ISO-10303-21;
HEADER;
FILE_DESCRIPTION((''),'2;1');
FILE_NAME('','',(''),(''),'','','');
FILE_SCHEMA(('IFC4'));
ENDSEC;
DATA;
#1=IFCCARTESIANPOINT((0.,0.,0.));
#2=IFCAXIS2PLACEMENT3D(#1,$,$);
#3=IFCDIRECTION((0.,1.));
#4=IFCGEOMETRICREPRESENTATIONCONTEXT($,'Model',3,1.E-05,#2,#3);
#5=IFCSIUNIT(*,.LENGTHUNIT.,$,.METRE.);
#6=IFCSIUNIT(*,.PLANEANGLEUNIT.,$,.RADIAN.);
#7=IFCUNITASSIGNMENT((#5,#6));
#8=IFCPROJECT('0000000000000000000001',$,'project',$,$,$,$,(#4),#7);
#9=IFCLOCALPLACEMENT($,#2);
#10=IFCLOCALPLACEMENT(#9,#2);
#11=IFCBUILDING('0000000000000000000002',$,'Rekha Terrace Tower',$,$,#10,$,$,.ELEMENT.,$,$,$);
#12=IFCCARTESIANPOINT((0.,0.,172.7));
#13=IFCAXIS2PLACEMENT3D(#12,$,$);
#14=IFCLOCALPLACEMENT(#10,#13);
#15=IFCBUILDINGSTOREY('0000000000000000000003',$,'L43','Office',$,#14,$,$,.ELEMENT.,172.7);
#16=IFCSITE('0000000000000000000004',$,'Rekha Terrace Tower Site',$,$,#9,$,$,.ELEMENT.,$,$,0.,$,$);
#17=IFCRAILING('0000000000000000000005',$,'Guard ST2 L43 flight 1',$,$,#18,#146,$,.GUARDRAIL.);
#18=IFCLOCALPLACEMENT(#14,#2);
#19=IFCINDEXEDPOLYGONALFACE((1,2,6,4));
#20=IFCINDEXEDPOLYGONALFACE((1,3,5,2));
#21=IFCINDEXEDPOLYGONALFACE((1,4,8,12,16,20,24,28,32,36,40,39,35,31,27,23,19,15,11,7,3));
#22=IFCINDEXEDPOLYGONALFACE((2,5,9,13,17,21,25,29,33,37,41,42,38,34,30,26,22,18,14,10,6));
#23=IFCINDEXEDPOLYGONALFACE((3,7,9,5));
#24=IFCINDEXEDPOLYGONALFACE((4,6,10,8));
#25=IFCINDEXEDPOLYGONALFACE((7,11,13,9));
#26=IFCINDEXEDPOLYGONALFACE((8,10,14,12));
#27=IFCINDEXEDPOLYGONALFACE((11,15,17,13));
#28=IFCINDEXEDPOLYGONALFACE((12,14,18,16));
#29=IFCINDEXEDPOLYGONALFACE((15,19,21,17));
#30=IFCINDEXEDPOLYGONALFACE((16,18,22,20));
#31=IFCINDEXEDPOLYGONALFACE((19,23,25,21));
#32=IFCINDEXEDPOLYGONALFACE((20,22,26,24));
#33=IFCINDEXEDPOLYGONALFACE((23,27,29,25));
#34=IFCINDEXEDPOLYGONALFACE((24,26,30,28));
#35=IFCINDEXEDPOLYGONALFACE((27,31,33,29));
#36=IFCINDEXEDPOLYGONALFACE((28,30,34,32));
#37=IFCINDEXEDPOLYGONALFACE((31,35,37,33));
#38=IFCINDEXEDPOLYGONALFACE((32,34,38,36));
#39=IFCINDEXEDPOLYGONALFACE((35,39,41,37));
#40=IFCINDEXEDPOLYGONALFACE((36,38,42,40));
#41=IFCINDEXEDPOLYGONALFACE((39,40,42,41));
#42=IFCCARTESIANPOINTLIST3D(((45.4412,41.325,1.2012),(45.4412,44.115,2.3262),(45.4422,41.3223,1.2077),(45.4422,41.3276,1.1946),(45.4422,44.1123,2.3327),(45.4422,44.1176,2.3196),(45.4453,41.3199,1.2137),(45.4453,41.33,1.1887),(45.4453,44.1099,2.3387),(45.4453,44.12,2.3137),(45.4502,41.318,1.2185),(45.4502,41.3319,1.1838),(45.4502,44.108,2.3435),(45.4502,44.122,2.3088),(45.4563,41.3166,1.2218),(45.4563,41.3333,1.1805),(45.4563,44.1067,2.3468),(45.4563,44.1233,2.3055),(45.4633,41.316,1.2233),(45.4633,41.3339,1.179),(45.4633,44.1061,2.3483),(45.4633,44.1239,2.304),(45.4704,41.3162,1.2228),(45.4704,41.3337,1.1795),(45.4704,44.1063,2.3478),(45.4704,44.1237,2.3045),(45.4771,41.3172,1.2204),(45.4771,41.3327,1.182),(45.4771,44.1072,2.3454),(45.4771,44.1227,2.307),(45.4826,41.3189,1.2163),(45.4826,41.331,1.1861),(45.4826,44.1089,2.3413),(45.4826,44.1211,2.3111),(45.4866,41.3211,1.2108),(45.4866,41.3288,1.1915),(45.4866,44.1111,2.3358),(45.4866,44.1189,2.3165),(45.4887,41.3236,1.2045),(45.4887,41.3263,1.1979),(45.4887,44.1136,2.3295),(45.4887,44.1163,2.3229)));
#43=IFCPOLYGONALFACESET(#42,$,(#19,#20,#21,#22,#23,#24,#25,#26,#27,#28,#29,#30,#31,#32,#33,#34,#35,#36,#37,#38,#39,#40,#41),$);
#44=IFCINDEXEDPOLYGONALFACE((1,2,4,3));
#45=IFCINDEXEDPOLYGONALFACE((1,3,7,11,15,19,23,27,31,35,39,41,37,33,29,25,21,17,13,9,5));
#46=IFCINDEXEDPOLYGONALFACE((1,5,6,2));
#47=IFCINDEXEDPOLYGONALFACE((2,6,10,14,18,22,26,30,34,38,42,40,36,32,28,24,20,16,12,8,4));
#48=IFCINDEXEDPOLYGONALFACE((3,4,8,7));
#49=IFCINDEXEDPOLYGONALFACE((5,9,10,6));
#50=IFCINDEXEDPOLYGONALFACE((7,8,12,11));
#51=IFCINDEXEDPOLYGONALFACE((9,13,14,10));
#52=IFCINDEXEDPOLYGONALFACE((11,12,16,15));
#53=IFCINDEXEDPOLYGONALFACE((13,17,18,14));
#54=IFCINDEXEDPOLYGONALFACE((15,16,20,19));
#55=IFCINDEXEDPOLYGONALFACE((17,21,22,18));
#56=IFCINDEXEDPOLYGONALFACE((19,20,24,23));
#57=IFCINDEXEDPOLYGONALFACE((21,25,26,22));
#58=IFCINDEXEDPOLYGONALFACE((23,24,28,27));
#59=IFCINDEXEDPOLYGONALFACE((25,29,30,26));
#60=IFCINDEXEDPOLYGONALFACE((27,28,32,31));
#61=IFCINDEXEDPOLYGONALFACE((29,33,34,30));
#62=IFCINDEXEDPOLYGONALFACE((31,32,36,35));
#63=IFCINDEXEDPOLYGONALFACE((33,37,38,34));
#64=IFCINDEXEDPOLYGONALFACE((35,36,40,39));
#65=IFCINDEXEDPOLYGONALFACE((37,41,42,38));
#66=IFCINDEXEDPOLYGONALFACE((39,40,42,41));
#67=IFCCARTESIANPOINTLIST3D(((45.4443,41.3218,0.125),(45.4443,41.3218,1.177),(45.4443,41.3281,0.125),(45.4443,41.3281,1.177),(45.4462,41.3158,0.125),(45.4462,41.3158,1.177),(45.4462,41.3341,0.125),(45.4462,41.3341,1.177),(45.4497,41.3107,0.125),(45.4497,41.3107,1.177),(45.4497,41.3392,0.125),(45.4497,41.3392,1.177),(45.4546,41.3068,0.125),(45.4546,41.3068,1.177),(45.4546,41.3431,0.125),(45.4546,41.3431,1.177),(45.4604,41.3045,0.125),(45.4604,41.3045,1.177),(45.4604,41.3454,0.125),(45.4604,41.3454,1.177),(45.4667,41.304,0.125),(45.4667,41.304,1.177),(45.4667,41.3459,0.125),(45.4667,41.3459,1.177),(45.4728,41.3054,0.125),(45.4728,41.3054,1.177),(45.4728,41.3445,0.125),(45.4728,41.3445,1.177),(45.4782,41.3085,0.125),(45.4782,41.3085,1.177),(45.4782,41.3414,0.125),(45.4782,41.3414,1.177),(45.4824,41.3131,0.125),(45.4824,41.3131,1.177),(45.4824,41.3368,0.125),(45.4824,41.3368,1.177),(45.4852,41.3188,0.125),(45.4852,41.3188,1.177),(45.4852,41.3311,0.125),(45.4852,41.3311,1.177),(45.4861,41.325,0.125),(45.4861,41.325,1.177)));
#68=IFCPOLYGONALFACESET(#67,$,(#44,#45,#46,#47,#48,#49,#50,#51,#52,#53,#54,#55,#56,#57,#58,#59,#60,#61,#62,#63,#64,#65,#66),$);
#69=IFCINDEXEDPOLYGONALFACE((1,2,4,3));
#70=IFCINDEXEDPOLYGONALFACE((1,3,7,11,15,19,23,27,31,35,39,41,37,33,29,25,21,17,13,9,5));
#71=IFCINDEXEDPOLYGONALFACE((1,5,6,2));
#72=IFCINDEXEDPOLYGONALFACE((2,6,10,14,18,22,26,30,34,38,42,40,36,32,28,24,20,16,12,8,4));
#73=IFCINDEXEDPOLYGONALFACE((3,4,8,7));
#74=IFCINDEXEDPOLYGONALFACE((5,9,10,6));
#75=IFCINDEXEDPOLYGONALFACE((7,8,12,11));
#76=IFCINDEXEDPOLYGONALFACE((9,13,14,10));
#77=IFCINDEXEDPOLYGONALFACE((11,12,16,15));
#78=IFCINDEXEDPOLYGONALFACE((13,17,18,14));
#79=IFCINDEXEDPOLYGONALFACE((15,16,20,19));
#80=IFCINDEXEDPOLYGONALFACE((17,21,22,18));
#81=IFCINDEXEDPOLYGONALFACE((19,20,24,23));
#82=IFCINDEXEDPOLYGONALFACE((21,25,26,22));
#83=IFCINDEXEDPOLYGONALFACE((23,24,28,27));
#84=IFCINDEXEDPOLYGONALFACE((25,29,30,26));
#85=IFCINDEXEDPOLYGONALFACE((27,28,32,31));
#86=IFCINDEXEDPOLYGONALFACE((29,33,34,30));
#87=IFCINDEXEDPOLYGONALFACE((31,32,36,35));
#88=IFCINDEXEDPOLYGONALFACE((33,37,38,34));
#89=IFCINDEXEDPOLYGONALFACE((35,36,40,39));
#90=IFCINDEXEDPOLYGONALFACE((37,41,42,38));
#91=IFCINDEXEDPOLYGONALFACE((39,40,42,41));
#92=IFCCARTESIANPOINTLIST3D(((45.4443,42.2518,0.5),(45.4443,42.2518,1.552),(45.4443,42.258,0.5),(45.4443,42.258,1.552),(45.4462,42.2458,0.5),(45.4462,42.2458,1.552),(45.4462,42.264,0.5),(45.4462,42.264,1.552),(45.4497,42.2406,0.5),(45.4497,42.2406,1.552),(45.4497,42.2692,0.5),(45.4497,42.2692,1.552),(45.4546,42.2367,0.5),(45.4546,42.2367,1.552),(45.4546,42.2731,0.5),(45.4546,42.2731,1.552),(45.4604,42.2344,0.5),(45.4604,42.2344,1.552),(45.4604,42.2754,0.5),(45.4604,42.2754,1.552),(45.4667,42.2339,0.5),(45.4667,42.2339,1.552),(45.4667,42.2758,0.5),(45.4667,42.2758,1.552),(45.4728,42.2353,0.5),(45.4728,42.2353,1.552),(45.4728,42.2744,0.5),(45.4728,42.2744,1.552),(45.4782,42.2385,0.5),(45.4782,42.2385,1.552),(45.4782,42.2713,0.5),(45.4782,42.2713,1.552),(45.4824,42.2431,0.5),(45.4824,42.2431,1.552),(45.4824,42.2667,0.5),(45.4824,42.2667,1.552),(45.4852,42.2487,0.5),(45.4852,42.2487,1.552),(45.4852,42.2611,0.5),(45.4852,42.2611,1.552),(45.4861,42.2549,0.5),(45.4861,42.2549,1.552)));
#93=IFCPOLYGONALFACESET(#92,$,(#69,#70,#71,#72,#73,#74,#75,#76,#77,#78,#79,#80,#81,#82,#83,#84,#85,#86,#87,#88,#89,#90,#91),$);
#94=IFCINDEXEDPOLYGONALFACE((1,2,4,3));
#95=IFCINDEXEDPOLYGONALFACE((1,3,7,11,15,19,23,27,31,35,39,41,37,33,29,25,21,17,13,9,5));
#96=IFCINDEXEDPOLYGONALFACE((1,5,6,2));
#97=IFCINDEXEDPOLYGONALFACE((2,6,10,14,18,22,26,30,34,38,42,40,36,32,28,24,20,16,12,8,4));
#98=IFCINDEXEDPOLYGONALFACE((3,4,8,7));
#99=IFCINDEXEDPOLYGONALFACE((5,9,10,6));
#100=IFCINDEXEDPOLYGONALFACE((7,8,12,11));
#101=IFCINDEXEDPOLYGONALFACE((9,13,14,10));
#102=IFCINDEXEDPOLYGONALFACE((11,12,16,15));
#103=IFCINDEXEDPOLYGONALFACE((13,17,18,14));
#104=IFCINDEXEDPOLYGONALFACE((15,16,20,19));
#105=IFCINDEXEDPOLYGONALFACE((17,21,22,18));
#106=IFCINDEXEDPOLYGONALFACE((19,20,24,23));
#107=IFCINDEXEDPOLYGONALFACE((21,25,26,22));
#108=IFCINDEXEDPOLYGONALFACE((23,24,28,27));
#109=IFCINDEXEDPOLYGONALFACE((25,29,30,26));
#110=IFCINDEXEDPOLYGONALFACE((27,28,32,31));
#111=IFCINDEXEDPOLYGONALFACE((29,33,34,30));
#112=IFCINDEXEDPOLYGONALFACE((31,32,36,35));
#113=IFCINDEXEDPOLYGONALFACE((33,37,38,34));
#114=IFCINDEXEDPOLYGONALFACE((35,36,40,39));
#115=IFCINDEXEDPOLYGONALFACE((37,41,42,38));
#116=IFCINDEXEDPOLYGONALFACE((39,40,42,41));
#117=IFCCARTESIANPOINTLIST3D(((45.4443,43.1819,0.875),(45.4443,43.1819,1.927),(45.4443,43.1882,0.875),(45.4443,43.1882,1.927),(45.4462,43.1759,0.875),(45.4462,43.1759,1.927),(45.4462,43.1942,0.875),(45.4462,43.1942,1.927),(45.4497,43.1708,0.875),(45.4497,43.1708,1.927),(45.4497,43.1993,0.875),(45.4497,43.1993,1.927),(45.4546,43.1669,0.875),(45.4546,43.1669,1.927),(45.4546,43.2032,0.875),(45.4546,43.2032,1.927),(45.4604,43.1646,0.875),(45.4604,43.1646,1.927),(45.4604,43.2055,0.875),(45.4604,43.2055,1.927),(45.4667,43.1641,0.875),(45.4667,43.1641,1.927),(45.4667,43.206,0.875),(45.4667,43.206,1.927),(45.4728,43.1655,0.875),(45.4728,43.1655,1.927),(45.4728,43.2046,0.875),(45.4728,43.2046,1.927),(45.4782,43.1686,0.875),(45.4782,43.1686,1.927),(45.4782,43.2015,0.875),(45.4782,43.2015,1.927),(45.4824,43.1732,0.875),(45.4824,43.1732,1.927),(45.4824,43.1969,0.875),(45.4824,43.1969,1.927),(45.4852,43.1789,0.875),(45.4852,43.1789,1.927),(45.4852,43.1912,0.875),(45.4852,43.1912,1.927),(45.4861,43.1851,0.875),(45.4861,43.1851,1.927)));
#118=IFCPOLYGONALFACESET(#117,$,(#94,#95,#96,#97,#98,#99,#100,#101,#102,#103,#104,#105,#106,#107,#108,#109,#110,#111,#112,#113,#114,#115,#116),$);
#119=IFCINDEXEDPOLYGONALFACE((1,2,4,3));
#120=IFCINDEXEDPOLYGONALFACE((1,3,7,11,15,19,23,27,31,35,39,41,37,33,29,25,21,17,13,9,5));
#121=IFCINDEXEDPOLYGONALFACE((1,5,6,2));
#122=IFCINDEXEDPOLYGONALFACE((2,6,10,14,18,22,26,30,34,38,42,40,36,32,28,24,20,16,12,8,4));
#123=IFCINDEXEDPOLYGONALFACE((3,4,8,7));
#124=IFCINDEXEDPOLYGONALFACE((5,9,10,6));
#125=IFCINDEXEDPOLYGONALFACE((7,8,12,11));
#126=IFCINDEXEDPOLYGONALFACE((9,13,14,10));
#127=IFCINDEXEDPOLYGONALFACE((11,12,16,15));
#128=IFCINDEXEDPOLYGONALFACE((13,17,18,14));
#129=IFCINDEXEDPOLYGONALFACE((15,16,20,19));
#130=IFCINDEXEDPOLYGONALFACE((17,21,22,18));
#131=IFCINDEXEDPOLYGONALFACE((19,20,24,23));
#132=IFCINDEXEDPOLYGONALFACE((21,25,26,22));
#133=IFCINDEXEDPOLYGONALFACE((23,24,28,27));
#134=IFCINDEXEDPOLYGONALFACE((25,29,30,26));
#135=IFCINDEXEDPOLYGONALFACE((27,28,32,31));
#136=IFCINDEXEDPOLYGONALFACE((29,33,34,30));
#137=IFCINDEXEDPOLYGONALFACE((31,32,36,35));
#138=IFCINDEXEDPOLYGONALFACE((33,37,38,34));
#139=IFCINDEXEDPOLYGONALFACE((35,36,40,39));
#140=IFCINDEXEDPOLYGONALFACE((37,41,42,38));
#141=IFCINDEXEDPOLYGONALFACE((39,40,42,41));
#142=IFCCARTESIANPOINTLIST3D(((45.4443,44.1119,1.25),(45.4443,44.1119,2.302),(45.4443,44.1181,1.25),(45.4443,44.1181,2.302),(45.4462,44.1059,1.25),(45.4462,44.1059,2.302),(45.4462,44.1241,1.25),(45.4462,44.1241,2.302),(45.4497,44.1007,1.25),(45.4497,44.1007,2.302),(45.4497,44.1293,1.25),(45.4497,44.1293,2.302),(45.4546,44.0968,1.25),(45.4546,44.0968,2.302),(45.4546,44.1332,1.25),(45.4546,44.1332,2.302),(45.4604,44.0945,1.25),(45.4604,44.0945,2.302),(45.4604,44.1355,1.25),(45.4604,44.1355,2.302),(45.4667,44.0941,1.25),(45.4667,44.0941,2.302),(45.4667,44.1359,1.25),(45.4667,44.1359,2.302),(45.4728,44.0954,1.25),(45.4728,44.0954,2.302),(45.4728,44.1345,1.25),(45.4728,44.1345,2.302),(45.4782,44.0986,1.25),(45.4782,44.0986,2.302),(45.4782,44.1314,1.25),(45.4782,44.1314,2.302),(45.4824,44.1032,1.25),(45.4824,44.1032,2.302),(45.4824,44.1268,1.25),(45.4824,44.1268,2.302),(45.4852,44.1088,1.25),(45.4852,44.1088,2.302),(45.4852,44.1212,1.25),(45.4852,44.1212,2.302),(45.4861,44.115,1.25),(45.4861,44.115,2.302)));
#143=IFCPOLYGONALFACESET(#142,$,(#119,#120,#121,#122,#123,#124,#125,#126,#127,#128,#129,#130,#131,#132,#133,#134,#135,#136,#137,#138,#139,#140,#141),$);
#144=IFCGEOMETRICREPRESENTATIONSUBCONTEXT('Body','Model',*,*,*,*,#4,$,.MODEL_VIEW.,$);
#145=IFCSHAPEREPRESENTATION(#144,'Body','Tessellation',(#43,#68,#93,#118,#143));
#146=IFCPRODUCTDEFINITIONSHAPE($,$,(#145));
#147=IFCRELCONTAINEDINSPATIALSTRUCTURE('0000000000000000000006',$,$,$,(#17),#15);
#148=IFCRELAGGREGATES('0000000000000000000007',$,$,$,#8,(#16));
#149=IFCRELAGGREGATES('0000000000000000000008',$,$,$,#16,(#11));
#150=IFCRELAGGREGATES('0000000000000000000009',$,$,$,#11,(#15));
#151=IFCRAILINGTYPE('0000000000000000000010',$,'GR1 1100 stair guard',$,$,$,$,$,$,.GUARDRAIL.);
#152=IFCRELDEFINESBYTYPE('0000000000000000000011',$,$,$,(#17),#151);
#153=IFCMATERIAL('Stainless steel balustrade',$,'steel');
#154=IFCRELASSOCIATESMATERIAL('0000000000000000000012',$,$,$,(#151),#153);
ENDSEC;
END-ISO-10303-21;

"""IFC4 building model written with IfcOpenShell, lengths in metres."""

from ifc_helpers import new_model, si_unit, direction, frame, origin, origin_2d, place, context, subcontext, project, spatial, circle, extrude, material, type_object, element, save


model = new_model("IFC4")

# Units and contexts
model_context = context("Model", 3, precision=1e-05, world=origin(), true_north=direction((0.0, 1.0)))
body_context = subcontext(model_context, "Body", "Model", "MODEL_VIEW")
ifc_project = project(units=[si_unit("LENGTHUNIT", "METRE"), si_unit("PLANEANGLEUNIT", "RADIAN")], contexts=[model_context])

# Site, building, storey
site_placement = place(None, origin())
site = spatial("IfcSite", under=ifc_project, at=site_placement, Name="Rekha Terrace Tower Site", CompositionType="ELEMENT", RefElevation=0.0)
building_placement = place(site_placement, origin())
building = spatial("IfcBuilding", under=site, at=building_placement, Name="Rekha Terrace Tower", CompositionType="ELEMENT")
storey_placement = place(building_placement, frame((0.0, 0.0, 172.7)))
storey = spatial("IfcBuildingStorey", under=building, at=storey_placement, Name="L43", Description="Office", CompositionType="ELEMENT", Elevation=172.7)

# Railing
ifc_material_1 = material(Name="Stainless steel balustrade", Category="steel")
railing_type_1 = type_object("IfcRailingType", Name="GR1 1100 stair guard", PredefinedType="GUARDRAIL", material=ifc_material_1)
railing_1_placement = place(storey_placement, frame((45.4651, 41.325, 0.125)))
element("IfcRailing", 1, at=railing_1_placement, inside=storey, type_object=railing_type_1, Name="Guard ST2 L43 flight 1", PredefinedType="GUARDRAIL", context=body_context, shape_type="SweptSolid", body=[
    extrude(circle(Radius=0.0239, at=origin_2d()), frame((0.0, 0.0, 1.0762), z_axis=(0.0, 0.927443, 0.373964), x_axis=(-1.0, 0.0, 0.0)), (0.0, 0.0, 1.0), 3.0083),
    extrude(circle(Radius=0.021, at=origin_2d()), origin(), (0.0, 0.0, 1.0), 1.052),
    extrude(circle(Radius=0.021, at=origin_2d()), frame((0.0, 0.9299, 0.375)), (0.0, 0.0, 1.0), 1.052),
    extrude(circle(Radius=0.021, at=origin_2d()), frame((0.0, 1.8601, 0.75)), (0.0, 0.0, 1.0), 1.052),
    extrude(circle(Radius=0.021, at=origin_2d()), frame((0.0, 2.79, 1.125)), (0.0, 0.0, 1.0), 1.052),
])

save(model, "model.ifc")
